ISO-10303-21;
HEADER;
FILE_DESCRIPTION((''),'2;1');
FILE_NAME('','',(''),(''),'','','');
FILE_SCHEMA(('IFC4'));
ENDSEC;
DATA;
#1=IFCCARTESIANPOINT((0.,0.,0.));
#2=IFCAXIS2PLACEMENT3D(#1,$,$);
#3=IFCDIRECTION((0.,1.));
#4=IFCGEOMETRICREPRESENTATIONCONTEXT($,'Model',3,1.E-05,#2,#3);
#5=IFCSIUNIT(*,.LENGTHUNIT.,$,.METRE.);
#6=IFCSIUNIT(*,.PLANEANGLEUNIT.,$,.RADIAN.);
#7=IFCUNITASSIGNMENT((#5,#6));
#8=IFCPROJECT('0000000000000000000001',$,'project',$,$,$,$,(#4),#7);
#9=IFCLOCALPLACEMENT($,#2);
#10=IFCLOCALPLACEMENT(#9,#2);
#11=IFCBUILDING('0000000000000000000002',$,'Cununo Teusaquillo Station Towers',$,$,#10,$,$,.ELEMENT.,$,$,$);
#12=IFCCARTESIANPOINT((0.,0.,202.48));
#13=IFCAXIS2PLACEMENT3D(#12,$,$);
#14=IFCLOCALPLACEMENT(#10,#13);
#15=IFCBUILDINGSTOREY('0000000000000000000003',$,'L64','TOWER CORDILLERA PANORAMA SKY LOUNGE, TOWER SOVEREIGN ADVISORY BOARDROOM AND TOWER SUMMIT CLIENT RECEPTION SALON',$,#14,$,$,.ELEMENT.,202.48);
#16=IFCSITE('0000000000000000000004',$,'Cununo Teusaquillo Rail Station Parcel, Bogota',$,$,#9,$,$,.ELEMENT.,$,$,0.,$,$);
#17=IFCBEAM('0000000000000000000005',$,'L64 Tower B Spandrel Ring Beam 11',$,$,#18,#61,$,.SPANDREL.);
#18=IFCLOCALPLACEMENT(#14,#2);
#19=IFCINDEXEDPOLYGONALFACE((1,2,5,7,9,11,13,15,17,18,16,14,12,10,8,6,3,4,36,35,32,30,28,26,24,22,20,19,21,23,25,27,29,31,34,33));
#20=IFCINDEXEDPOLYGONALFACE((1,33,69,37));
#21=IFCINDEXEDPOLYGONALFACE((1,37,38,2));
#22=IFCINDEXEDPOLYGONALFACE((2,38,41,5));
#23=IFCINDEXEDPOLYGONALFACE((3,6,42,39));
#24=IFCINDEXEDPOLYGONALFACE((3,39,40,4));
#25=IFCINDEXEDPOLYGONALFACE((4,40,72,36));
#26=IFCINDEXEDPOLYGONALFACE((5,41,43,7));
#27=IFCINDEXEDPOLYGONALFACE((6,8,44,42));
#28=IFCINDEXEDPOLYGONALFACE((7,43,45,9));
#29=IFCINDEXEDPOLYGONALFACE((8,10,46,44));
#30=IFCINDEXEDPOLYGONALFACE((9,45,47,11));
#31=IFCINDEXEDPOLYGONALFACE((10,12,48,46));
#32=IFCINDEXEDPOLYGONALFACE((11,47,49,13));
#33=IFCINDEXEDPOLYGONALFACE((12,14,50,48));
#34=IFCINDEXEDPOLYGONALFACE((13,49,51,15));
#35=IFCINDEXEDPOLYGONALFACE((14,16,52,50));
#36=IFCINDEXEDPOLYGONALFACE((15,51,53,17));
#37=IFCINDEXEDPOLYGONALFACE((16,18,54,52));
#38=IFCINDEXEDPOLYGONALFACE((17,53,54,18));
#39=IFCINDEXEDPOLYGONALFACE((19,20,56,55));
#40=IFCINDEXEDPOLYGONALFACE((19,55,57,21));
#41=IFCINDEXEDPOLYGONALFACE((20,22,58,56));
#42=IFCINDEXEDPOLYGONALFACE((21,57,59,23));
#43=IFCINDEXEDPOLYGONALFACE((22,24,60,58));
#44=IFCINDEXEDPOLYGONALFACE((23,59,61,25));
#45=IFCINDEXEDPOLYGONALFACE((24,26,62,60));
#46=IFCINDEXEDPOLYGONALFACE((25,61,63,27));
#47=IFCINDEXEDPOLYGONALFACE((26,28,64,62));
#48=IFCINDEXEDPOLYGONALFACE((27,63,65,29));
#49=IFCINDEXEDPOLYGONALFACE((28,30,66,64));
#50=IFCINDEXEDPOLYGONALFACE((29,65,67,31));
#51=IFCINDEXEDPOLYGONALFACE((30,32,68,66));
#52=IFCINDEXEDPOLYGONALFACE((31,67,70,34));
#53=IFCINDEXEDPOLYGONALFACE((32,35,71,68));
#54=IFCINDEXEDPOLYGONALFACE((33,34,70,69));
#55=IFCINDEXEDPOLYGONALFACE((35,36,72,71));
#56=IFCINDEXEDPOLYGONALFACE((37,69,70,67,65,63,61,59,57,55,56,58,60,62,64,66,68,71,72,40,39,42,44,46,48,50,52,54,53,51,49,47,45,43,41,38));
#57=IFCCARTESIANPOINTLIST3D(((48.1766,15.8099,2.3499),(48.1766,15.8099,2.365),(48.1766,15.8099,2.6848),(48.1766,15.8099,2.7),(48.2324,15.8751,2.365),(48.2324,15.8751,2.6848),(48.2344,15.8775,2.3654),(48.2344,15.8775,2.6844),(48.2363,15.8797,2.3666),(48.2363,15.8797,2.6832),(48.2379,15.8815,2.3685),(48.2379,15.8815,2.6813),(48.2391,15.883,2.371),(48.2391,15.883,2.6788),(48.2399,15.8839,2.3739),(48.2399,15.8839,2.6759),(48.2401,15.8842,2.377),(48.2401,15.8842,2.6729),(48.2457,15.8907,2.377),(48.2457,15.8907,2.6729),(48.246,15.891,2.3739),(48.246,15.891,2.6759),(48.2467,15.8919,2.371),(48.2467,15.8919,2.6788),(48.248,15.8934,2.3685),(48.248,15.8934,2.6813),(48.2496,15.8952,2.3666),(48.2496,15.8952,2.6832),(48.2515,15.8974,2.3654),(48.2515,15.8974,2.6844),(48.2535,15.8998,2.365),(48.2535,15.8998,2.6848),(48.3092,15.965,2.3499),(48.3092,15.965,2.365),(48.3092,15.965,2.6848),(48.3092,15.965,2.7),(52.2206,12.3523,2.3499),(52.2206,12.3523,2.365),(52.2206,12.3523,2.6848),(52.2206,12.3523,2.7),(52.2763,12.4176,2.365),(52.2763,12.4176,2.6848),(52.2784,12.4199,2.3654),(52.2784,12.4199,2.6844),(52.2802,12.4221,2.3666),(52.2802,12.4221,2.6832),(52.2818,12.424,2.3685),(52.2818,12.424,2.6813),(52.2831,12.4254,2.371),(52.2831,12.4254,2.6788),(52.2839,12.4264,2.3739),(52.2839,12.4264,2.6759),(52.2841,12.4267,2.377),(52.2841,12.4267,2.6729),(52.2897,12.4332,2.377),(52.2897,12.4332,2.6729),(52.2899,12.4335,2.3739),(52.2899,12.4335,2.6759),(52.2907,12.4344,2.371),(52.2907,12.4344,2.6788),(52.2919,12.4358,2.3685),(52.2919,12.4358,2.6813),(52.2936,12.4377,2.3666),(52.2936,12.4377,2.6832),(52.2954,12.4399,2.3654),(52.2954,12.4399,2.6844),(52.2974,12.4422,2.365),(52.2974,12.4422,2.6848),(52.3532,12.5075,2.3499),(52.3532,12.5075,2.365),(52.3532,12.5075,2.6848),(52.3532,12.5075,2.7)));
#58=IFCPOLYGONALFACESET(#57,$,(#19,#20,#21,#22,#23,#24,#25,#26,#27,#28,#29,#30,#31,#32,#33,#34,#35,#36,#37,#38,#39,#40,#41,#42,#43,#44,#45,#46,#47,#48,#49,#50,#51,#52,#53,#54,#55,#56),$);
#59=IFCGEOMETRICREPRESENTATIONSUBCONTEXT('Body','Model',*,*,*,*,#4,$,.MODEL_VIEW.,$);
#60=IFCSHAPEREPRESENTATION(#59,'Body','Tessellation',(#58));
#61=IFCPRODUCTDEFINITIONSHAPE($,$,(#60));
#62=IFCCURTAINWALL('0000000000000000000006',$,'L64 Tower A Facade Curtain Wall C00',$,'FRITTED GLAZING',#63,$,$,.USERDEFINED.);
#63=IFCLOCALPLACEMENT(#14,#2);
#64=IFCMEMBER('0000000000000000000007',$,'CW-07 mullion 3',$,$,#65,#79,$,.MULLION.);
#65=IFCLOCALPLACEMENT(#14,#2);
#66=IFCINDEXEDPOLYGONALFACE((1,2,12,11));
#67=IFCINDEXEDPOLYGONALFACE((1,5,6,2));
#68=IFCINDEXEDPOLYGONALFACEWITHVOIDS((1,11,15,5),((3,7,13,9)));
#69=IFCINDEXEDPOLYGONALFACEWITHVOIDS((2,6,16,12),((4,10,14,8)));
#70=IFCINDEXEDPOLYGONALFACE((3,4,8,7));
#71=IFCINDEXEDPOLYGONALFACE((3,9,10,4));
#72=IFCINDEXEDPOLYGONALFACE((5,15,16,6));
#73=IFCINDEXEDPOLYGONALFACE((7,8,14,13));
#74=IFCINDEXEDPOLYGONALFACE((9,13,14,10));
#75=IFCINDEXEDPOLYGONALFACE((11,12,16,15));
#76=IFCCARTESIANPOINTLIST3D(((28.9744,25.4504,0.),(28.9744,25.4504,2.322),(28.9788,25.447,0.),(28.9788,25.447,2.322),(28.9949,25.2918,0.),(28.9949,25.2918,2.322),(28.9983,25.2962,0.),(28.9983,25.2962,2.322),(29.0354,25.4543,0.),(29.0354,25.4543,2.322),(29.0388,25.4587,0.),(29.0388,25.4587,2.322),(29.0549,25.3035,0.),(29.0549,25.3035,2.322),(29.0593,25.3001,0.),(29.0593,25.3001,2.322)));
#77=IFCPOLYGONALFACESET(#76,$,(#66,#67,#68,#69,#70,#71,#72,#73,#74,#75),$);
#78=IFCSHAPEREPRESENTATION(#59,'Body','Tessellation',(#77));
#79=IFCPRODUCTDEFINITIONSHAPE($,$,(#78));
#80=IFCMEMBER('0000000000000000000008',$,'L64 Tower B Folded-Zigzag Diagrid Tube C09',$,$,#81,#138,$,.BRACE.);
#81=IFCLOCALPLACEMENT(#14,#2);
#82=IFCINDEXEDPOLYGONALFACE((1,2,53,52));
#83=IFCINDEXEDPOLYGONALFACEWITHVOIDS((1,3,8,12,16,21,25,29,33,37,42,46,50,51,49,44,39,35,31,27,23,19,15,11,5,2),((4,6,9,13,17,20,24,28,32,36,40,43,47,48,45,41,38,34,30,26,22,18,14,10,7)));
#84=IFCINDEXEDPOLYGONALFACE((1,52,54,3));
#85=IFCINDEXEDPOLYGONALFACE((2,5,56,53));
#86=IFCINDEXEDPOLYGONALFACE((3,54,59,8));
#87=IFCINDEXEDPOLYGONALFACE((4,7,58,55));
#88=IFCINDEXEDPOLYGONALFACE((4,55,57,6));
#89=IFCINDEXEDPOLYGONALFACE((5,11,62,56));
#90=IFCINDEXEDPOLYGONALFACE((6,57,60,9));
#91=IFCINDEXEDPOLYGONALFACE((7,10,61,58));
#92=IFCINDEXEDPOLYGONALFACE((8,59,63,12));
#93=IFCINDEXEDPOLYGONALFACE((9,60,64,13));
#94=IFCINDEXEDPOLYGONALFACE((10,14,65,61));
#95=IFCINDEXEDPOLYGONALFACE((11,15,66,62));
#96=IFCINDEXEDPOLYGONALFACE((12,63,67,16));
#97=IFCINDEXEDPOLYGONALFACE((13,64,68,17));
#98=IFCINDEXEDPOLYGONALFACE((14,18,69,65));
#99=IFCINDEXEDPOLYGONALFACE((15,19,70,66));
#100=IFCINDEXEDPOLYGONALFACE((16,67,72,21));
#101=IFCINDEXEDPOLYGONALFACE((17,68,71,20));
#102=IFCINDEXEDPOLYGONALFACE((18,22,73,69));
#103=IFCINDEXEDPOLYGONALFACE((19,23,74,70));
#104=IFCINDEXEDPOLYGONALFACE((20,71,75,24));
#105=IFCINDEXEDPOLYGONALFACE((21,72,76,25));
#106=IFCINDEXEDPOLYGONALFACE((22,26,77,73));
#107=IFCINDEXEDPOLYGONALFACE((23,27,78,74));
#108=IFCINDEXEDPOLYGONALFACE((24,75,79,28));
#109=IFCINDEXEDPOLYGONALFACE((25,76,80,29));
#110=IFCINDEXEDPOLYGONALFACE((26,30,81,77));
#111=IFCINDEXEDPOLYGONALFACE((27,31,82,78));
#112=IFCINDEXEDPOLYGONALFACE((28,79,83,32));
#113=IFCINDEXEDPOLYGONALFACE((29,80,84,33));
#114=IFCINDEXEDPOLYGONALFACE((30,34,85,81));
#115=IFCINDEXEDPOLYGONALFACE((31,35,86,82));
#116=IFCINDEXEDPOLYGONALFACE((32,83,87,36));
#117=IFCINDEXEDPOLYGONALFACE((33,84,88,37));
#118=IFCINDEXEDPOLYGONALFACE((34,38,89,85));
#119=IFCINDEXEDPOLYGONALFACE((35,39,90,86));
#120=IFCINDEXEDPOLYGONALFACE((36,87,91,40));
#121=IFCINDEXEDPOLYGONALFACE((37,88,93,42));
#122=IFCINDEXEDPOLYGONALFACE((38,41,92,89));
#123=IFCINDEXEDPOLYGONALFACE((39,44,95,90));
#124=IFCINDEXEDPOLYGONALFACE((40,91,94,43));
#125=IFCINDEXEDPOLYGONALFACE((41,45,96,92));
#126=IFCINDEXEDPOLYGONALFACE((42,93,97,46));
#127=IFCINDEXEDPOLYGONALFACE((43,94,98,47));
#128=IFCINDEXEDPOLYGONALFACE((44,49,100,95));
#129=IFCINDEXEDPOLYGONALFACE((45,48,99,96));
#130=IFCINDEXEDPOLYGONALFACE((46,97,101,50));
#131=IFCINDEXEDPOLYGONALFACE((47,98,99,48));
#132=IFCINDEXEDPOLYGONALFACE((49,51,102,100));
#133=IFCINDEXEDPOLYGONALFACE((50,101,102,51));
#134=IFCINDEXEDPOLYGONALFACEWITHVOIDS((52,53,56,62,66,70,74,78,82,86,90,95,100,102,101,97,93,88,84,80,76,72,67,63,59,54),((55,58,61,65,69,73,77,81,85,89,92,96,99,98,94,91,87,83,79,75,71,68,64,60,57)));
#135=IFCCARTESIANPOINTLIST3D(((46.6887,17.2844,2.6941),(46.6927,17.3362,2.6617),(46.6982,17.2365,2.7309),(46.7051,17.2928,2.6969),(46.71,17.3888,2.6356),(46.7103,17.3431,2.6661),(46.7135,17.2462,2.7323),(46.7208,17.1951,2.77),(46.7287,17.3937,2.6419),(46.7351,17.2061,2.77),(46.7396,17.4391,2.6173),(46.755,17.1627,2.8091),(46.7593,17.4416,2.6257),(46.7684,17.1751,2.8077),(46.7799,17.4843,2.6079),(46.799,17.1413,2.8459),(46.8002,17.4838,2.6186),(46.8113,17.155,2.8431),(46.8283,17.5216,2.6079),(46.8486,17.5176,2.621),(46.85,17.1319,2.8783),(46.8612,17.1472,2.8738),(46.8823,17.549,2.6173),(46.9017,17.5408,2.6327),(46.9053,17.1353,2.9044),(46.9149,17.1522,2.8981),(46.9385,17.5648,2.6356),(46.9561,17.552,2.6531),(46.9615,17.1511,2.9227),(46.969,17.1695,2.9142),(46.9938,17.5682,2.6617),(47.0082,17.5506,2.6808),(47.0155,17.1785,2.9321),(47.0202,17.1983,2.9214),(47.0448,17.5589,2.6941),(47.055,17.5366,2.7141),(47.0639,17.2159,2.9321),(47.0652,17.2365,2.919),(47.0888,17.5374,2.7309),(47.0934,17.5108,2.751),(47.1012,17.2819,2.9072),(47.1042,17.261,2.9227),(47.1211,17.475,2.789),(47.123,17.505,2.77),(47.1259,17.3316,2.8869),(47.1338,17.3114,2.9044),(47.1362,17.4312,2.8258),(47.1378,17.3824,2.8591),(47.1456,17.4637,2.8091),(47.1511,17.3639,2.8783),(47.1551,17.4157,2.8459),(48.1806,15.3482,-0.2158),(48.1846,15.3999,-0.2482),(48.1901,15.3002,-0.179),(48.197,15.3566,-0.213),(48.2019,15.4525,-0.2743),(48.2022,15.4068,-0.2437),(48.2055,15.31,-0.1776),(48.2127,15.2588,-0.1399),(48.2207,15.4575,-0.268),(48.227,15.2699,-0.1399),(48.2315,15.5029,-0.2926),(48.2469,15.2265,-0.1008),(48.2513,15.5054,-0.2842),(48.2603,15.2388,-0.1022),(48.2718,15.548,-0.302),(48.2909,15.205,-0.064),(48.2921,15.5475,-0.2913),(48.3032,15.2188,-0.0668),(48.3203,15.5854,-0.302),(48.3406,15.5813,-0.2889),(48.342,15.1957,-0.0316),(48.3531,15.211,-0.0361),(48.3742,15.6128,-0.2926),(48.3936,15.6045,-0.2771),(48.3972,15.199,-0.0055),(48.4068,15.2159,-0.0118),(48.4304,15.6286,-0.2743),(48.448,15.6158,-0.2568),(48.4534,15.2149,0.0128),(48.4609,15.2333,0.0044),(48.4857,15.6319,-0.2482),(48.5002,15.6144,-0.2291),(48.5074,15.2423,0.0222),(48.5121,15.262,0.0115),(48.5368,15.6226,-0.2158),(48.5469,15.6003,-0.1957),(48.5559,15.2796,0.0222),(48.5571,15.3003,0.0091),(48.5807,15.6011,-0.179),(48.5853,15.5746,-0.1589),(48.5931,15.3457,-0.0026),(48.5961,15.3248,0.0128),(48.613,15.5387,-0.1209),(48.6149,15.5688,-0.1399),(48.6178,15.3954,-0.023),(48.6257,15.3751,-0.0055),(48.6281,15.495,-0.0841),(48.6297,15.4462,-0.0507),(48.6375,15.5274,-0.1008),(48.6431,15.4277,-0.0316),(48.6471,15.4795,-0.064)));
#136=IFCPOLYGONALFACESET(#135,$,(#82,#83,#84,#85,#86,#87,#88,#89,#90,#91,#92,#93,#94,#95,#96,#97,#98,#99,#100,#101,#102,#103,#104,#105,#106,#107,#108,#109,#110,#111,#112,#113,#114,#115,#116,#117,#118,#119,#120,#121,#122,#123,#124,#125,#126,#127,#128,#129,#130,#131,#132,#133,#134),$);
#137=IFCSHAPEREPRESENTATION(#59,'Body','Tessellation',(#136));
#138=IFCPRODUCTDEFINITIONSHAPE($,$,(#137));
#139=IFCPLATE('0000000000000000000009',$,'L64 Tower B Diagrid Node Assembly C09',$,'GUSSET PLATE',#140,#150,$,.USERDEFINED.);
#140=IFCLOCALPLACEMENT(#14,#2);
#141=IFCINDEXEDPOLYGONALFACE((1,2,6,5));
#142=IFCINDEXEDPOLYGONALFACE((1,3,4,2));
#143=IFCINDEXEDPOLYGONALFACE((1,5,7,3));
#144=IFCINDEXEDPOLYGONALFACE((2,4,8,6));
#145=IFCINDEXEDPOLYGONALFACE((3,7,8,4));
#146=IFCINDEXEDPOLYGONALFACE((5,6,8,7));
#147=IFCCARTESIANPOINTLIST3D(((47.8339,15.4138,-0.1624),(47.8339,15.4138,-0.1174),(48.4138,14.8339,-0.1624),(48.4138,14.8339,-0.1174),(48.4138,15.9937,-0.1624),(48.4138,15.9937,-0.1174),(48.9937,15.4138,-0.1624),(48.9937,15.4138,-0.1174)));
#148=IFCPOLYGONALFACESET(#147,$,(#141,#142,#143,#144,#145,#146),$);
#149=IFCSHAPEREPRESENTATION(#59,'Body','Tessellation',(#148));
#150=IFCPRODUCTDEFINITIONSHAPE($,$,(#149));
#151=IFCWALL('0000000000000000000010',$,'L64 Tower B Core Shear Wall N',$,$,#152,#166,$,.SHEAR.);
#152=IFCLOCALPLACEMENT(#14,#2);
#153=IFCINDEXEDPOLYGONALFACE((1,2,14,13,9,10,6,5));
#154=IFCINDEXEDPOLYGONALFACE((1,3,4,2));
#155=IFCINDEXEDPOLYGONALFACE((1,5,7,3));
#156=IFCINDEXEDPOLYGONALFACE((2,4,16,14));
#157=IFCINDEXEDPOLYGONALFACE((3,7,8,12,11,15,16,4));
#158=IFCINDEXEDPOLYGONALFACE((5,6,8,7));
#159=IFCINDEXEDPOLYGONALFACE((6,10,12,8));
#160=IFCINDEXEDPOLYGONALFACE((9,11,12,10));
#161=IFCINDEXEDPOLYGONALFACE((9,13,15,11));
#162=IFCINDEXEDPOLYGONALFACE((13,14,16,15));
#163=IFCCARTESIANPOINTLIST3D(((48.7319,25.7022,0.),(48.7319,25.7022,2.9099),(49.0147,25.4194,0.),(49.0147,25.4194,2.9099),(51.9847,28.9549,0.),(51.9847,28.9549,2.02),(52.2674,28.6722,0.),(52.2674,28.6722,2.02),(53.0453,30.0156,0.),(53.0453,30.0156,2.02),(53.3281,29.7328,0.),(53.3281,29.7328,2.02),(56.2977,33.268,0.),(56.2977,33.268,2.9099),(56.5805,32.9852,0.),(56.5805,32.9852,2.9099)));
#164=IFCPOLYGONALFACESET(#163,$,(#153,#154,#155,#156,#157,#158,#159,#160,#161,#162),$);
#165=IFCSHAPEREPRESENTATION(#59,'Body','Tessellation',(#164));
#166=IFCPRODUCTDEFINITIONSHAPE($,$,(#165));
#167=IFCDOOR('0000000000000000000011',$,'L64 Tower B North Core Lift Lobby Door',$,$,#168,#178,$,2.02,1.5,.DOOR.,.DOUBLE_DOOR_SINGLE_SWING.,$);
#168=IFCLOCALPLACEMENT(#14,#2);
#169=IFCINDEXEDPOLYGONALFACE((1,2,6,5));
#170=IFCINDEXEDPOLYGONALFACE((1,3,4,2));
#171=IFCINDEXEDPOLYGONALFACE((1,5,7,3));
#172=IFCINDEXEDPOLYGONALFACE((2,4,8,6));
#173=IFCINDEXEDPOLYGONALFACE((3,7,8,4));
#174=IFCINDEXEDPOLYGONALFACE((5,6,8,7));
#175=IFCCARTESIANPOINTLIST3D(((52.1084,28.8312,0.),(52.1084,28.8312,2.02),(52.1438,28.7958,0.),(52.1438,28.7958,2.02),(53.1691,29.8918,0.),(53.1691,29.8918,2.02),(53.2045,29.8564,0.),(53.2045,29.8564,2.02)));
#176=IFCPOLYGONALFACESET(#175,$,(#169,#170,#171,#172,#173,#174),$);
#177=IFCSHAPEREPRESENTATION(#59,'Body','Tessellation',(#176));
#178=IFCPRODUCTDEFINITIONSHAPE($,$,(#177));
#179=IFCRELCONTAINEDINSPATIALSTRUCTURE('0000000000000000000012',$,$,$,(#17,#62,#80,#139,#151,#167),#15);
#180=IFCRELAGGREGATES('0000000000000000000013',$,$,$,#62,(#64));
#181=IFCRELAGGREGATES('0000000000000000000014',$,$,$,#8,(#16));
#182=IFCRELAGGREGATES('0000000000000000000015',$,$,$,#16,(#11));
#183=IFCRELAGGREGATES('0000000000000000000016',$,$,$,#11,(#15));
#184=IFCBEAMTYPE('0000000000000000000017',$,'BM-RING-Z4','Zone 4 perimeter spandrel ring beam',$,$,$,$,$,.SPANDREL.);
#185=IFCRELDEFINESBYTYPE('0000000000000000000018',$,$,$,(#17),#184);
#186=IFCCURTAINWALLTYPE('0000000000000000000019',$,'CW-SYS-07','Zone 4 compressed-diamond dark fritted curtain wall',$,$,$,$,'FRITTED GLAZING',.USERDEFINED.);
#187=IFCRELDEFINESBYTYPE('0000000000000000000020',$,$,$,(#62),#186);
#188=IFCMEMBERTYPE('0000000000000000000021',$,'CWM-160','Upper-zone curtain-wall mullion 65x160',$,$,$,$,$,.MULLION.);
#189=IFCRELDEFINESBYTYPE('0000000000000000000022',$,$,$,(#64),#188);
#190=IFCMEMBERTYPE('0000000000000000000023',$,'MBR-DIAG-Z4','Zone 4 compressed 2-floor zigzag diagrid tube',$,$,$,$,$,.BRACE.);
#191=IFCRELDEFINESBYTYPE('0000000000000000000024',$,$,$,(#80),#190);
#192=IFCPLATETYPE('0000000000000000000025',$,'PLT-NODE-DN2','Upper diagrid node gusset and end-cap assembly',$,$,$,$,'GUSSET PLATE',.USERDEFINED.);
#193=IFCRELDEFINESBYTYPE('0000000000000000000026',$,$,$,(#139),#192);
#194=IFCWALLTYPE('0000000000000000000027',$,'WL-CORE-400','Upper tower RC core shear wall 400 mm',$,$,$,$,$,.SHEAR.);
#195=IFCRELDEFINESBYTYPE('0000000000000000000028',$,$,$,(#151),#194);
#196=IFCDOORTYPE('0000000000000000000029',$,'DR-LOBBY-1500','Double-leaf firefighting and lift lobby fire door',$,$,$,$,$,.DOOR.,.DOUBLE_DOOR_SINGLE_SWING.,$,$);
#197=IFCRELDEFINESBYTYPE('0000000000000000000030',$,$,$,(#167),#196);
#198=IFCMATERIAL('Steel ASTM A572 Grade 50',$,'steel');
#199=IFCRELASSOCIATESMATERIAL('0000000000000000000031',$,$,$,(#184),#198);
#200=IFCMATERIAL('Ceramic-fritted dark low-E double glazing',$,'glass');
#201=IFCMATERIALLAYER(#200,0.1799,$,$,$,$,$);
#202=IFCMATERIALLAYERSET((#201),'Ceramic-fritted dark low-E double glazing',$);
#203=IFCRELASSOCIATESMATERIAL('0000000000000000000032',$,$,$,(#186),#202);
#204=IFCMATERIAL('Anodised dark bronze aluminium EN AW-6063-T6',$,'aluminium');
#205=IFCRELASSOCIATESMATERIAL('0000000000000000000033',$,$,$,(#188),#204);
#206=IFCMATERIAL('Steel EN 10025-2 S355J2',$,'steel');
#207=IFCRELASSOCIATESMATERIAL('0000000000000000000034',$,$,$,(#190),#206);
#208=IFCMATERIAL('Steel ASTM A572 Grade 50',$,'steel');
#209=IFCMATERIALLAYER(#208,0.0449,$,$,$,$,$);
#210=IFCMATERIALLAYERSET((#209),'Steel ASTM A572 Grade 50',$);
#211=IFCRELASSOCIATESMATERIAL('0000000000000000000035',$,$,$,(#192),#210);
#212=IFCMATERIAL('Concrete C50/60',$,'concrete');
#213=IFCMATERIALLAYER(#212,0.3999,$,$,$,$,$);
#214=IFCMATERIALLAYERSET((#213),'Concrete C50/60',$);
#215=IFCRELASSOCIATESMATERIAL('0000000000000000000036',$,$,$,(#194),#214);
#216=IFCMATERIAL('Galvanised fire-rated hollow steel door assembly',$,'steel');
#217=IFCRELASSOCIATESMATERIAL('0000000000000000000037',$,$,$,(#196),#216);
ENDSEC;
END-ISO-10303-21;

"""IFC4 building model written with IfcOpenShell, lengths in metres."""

from ifc_helpers import new_model, si_unit, direction, frame, frame_2d, origin, origin_2d, place, context, subcontext, project, spatial, rectangle, hollow_rectangle, hollow_circle, i_section, extrude, source, transform, mapped, material, layer, layer_set, material_profile, profile_set, type_object, element, fill, aggregate, save


model = new_model("IFC4")

# Units and contexts
model_context = context("Model", 3, precision=1e-05, world=origin(), true_north=direction((0.0, 1.0)))
body_context = subcontext(model_context, "Body", "Model", "MODEL_VIEW")
ifc_project = project(units=[si_unit("LENGTHUNIT", "METRE"), si_unit("PLANEANGLEUNIT", "RADIAN")], contexts=[model_context])

# Site, building, storey
site_placement = place(None, origin())
site = spatial("IfcSite", under=ifc_project, at=site_placement, Name="Cununo Teusaquillo Rail Station Parcel, Bogota", CompositionType="ELEMENT", RefElevation=0.0)
building_placement = place(site_placement, origin())
building = spatial("IfcBuilding", under=site, at=building_placement, Name="Cununo Teusaquillo Station Towers", CompositionType="ELEMENT")
storey_placement = place(building_placement, frame((0.0, 0.0, 202.48)))
storey = spatial("IfcBuildingStorey", under=building, at=storey_placement, Name="L64", Description="TOWER CORDILLERA PANORAMA SKY LOUNGE, TOWER SOVEREIGN ADVISORY BOARDROOM AND TOWER SUMMIT CLIENT RECEPTION SALON", CompositionType="ELEMENT", Elevation=202.48)

# Beam
ifc_material_1 = material(Name="Steel ASTM A572 Grade 50", Category="steel")
ifc_material_profile_1 = material_profile(ifc_material_1, i_section(OverallWidth=0.2041, OverallDepth=0.3501, WebThickness=0.0085, FlangeThickness=0.0151, FilletRadius=0.012, at=origin_2d()), Name="W14X48")
ifc_profile_set_1 = profile_set([ifc_material_profile_1], Name="Steel ASTM A572 Grade 50")
beam_type_1 = type_object("IfcBeamType", Name="BM-RING-Z4", Description="Zone 4 perimeter spandrel ring beam", PredefinedType="SPANDREL", material=ifc_profile_set_1)
beam_1_placement = place(storey_placement, frame((48.2429, 15.8875, 2.5249), z_axis=(0.760066, -0.649846, 0.0), x_axis=(0.649846, 0.760066, 0.0)))
element("IfcBeam", 1, at=beam_1_placement, inside=storey, type_object=beam_type_1, Name="L64 Tower B Spandrel Ring Beam 11", PredefinedType="SPANDREL", context=body_context, shape_type="SweptSolid", body=[
    extrude(i_section(OverallWidth=0.2041, OverallDepth=0.3501, WebThickness=0.0085, FlangeThickness=0.0151, FilletRadius=0.012, at=origin_2d()), origin(), (0.0, 0.0, 1.0), 5.3206),
])

# Curtain wall, member
ifc_material_2 = material(Name="Ceramic-fritted dark low-E double glazing", Category="glass")
ifc_layer_1 = layer(ifc_material_2, 0.1799)
ifc_layer_set_1 = layer_set([ifc_layer_1], Name="Ceramic-fritted dark low-E double glazing")
curtain_wall_type = type_object("IfcCurtainWallType", Name="CW-SYS-07", Description="Zone 4 compressed-diamond dark fritted curtain wall", ElementType="FRITTED GLAZING", PredefinedType="USERDEFINED", material=ifc_layer_set_1)
curtain_wall_placement = place(storey_placement, origin())
curtain_wall = element("IfcCurtainWall", 2, at=curtain_wall_placement, inside=storey, type_object=curtain_wall_type, Name="L64 Tower A Facade Curtain Wall C00", ObjectType="FRITTED GLAZING", PredefinedType="USERDEFINED")
ifc_material_3 = material(Name="Anodised dark bronze aluminium EN AW-6063-T6", Category="aluminium")
ifc_material_profile_2 = material_profile(ifc_material_3, hollow_rectangle(XDim=0.0649, YDim=0.1599, WallThickness=0.0039, at=origin_2d()), Name="CW-MULL-65x160")
ifc_profile_set_2 = profile_set([ifc_material_profile_2], Name="Anodised dark bronze aluminium EN AW-6063-T6")
member_type_1 = type_object("IfcMemberType", Name="CWM-160", Description="Upper-zone curtain-wall mullion 65x160", PredefinedType="MULLION", material=ifc_profile_set_2)
member_1_placement = place(storey_placement, frame((29.0168, 25.3752, 0.0), z_axis=(0.0, 0.0, 1.0), x_axis=(0.991742, 0.128253, 0.0)))
member_1 = element("IfcMember", 3, at=member_1_placement, type_object=member_type_1, Name="CW-07 mullion 3", PredefinedType="MULLION", context=body_context, shape_type="SweptSolid", body=[
    extrude(hollow_rectangle(XDim=0.0649, YDim=0.1599, WallThickness=0.0039, at=origin_2d()), origin(), (0.0, 0.0, 1.0), 2.322),
])
aggregate(curtain_wall, [member_1])

# Member
ifc_material_4 = material(Name="Steel EN 10025-2 S355J2", Category="steel")
ifc_material_profile_3 = material_profile(ifc_material_4, hollow_circle(Radius=0.2539, WallThickness=0.0181, at=origin_2d()), Name="CHS 508x18")
ifc_profile_set_3 = profile_set([ifc_material_profile_3], Name="Steel EN 10025-2 S355J2")
member_type_2 = type_object("IfcMemberType", Name="MBR-DIAG-Z4", Description="Zone 4 compressed 2-floor zigzag diagrid tube", PredefinedType="BRACE", material=ifc_profile_set_3)
member_2_placement = place(storey_placement, frame((48.4138, 15.4138, -0.1399), z_axis=(-0.392581, 0.5095, 0.765696), x_axis=(-0.79213, -0.610353, 0.0)))
element("IfcMember", 4, at=member_2_placement, inside=storey, type_object=member_type_2, Name="L64 Tower B Folded-Zigzag Diagrid Tube C09", PredefinedType="BRACE", context=body_context, shape_type="SweptSolid", body=[
    extrude(hollow_circle(Radius=0.2539, WallThickness=0.0181, at=origin_2d()), origin(), (0.0, 0.0, 1.0), 3.8003),
])

# Plate
ifc_material_5 = material(Name="Steel ASTM A572 Grade 50", Category="steel")
ifc_layer_2 = layer(ifc_material_5, 0.0449)
ifc_layer_set_2 = layer_set([ifc_layer_2], Name="Steel ASTM A572 Grade 50")
plate_type = type_object("IfcPlateType", Name="PLT-NODE-DN2", Description="Upper diagrid node gusset and end-cap assembly", ElementType="GUSSET PLATE", PredefinedType="USERDEFINED", material=ifc_layer_set_2)
shared_shape_1 = source(origin(), body_context, "Body", "SweptSolid", [
    extrude(rectangle(XDim=0.8201, YDim=0.8201, at=origin_2d()), origin(), (0.0, 0.0, 1.0), 0.0449),
])
plate_placement = place(storey_placement, frame((48.4138, 15.4138, -0.1624), z_axis=(0.0, 0.0, 1.0), x_axis=(0.707107, 0.707107, 0.0)))
element("IfcPlate", 5, at=plate_placement, inside=storey, type_object=plate_type, Name="L64 Tower B Diagrid Node Assembly C09", ObjectType="GUSSET PLATE", PredefinedType="USERDEFINED", context=body_context, shape_type="MappedRepresentation", body=[
    mapped(shared_shape_1, transform((0.0, 0.0, 0.0), x_axis=(1.0, 0.0, 0.0), y_axis=(0.0, 1.0, 0.0), z_axis=(0.0, 0.0, 1.0), scale=1.0)),
])

# Wall, opening, door
ifc_material_6 = material(Name="Concrete C50/60", Category="concrete")
ifc_layer_3 = layer(ifc_material_6, 0.3999)
ifc_layer_set_3 = layer_set([ifc_layer_3], Name="Concrete C50/60")
wall_type_1 = type_object("IfcWallType", Name="WL-CORE-400", Description="Upper tower RC core shear wall 400 mm", PredefinedType="SHEAR", material=ifc_layer_set_3)
wall_1_placement = place(storey_placement, frame((48.8733, 25.5608, 0.0), z_axis=(0.0, 0.0, 1.0), x_axis=(0.707107, 0.707107, 0.0)))
wall_1 = element("IfcWall", 6, at=wall_1_placement, inside=storey, type_object=wall_type_1, Name="L64 Tower B Core Shear Wall N", PredefinedType="SHEAR", context=body_context, shape_type="SweptSolid", body=[
    extrude(rectangle(XDim=10.6997, YDim=0.3999, at=frame_2d((5.3499, 0.0))), origin(), (0.0, 0.0, 1.0), 2.9099),
])
shared_shape_2 = source(origin(), body_context, "Body", "SweptSolid", [
    extrude(rectangle(XDim=1.5, YDim=2.02, at=frame_2d((0.75, 1.01))), frame((0.0, 0.21, 0.0), z_axis=(0.0, -1.0, 0.0), x_axis=(1.0, 0.0, 0.0)), (0.0, 0.0, 1.0), 0.4199),
])
opening_1_placement = place(wall_1_placement, frame((4.6001, 0.0, 0.0)))
opening_1 = element("IfcOpeningElement", 7, at=opening_1_placement, cuts=wall_1, PredefinedType="OPENING", context=body_context, shape_type="MappedRepresentation", body=[
    mapped(shared_shape_2, transform((0.0, 0.0, 0.0), x_axis=(1.0, 0.0, 0.0), y_axis=(0.0, 1.0, 0.0), z_axis=(0.0, 0.0, 1.0), scale=1.0)),
])
ifc_material_7 = material(Name="Galvanised fire-rated hollow steel door assembly", Category="steel")
door_type_1 = type_object("IfcDoorType", Name="DR-LOBBY-1500", Description="Double-leaf firefighting and lift lobby fire door", OperationType="DOUBLE_DOOR_SINGLE_SWING", PredefinedType="DOOR", material=ifc_material_7)
shared_shape_3 = source(origin(), body_context, "Body", "SweptSolid", [
    extrude(rectangle(XDim=1.5, YDim=2.02, at=frame_2d((0.75, 1.01))), frame((0.0, 0.0249, 0.0), z_axis=(0.0, -1.0, 0.0), x_axis=(1.0, 0.0, 0.0)), (0.0, 0.0, 1.0), 0.05),
])
door_1_placement = place(opening_1_placement, origin())
door_1 = element("IfcDoor", 8, at=door_1_placement, inside=storey, type_object=door_type_1, Name="L64 Tower B North Core Lift Lobby Door", OperationType="DOUBLE_DOOR_SINGLE_SWING", OverallHeight=2.02, OverallWidth=1.5, PredefinedType="DOOR", context=body_context, shape_type="MappedRepresentation", body=[
    mapped(shared_shape_3, transform((0.0, 0.0, 0.0), x_axis=(1.0, 0.0, 0.0), y_axis=(0.0, 1.0, 0.0), z_axis=(0.0, 0.0, 1.0), scale=1.0)),
])
fill(opening_1, door_1)

save(model, "model.ifc")
